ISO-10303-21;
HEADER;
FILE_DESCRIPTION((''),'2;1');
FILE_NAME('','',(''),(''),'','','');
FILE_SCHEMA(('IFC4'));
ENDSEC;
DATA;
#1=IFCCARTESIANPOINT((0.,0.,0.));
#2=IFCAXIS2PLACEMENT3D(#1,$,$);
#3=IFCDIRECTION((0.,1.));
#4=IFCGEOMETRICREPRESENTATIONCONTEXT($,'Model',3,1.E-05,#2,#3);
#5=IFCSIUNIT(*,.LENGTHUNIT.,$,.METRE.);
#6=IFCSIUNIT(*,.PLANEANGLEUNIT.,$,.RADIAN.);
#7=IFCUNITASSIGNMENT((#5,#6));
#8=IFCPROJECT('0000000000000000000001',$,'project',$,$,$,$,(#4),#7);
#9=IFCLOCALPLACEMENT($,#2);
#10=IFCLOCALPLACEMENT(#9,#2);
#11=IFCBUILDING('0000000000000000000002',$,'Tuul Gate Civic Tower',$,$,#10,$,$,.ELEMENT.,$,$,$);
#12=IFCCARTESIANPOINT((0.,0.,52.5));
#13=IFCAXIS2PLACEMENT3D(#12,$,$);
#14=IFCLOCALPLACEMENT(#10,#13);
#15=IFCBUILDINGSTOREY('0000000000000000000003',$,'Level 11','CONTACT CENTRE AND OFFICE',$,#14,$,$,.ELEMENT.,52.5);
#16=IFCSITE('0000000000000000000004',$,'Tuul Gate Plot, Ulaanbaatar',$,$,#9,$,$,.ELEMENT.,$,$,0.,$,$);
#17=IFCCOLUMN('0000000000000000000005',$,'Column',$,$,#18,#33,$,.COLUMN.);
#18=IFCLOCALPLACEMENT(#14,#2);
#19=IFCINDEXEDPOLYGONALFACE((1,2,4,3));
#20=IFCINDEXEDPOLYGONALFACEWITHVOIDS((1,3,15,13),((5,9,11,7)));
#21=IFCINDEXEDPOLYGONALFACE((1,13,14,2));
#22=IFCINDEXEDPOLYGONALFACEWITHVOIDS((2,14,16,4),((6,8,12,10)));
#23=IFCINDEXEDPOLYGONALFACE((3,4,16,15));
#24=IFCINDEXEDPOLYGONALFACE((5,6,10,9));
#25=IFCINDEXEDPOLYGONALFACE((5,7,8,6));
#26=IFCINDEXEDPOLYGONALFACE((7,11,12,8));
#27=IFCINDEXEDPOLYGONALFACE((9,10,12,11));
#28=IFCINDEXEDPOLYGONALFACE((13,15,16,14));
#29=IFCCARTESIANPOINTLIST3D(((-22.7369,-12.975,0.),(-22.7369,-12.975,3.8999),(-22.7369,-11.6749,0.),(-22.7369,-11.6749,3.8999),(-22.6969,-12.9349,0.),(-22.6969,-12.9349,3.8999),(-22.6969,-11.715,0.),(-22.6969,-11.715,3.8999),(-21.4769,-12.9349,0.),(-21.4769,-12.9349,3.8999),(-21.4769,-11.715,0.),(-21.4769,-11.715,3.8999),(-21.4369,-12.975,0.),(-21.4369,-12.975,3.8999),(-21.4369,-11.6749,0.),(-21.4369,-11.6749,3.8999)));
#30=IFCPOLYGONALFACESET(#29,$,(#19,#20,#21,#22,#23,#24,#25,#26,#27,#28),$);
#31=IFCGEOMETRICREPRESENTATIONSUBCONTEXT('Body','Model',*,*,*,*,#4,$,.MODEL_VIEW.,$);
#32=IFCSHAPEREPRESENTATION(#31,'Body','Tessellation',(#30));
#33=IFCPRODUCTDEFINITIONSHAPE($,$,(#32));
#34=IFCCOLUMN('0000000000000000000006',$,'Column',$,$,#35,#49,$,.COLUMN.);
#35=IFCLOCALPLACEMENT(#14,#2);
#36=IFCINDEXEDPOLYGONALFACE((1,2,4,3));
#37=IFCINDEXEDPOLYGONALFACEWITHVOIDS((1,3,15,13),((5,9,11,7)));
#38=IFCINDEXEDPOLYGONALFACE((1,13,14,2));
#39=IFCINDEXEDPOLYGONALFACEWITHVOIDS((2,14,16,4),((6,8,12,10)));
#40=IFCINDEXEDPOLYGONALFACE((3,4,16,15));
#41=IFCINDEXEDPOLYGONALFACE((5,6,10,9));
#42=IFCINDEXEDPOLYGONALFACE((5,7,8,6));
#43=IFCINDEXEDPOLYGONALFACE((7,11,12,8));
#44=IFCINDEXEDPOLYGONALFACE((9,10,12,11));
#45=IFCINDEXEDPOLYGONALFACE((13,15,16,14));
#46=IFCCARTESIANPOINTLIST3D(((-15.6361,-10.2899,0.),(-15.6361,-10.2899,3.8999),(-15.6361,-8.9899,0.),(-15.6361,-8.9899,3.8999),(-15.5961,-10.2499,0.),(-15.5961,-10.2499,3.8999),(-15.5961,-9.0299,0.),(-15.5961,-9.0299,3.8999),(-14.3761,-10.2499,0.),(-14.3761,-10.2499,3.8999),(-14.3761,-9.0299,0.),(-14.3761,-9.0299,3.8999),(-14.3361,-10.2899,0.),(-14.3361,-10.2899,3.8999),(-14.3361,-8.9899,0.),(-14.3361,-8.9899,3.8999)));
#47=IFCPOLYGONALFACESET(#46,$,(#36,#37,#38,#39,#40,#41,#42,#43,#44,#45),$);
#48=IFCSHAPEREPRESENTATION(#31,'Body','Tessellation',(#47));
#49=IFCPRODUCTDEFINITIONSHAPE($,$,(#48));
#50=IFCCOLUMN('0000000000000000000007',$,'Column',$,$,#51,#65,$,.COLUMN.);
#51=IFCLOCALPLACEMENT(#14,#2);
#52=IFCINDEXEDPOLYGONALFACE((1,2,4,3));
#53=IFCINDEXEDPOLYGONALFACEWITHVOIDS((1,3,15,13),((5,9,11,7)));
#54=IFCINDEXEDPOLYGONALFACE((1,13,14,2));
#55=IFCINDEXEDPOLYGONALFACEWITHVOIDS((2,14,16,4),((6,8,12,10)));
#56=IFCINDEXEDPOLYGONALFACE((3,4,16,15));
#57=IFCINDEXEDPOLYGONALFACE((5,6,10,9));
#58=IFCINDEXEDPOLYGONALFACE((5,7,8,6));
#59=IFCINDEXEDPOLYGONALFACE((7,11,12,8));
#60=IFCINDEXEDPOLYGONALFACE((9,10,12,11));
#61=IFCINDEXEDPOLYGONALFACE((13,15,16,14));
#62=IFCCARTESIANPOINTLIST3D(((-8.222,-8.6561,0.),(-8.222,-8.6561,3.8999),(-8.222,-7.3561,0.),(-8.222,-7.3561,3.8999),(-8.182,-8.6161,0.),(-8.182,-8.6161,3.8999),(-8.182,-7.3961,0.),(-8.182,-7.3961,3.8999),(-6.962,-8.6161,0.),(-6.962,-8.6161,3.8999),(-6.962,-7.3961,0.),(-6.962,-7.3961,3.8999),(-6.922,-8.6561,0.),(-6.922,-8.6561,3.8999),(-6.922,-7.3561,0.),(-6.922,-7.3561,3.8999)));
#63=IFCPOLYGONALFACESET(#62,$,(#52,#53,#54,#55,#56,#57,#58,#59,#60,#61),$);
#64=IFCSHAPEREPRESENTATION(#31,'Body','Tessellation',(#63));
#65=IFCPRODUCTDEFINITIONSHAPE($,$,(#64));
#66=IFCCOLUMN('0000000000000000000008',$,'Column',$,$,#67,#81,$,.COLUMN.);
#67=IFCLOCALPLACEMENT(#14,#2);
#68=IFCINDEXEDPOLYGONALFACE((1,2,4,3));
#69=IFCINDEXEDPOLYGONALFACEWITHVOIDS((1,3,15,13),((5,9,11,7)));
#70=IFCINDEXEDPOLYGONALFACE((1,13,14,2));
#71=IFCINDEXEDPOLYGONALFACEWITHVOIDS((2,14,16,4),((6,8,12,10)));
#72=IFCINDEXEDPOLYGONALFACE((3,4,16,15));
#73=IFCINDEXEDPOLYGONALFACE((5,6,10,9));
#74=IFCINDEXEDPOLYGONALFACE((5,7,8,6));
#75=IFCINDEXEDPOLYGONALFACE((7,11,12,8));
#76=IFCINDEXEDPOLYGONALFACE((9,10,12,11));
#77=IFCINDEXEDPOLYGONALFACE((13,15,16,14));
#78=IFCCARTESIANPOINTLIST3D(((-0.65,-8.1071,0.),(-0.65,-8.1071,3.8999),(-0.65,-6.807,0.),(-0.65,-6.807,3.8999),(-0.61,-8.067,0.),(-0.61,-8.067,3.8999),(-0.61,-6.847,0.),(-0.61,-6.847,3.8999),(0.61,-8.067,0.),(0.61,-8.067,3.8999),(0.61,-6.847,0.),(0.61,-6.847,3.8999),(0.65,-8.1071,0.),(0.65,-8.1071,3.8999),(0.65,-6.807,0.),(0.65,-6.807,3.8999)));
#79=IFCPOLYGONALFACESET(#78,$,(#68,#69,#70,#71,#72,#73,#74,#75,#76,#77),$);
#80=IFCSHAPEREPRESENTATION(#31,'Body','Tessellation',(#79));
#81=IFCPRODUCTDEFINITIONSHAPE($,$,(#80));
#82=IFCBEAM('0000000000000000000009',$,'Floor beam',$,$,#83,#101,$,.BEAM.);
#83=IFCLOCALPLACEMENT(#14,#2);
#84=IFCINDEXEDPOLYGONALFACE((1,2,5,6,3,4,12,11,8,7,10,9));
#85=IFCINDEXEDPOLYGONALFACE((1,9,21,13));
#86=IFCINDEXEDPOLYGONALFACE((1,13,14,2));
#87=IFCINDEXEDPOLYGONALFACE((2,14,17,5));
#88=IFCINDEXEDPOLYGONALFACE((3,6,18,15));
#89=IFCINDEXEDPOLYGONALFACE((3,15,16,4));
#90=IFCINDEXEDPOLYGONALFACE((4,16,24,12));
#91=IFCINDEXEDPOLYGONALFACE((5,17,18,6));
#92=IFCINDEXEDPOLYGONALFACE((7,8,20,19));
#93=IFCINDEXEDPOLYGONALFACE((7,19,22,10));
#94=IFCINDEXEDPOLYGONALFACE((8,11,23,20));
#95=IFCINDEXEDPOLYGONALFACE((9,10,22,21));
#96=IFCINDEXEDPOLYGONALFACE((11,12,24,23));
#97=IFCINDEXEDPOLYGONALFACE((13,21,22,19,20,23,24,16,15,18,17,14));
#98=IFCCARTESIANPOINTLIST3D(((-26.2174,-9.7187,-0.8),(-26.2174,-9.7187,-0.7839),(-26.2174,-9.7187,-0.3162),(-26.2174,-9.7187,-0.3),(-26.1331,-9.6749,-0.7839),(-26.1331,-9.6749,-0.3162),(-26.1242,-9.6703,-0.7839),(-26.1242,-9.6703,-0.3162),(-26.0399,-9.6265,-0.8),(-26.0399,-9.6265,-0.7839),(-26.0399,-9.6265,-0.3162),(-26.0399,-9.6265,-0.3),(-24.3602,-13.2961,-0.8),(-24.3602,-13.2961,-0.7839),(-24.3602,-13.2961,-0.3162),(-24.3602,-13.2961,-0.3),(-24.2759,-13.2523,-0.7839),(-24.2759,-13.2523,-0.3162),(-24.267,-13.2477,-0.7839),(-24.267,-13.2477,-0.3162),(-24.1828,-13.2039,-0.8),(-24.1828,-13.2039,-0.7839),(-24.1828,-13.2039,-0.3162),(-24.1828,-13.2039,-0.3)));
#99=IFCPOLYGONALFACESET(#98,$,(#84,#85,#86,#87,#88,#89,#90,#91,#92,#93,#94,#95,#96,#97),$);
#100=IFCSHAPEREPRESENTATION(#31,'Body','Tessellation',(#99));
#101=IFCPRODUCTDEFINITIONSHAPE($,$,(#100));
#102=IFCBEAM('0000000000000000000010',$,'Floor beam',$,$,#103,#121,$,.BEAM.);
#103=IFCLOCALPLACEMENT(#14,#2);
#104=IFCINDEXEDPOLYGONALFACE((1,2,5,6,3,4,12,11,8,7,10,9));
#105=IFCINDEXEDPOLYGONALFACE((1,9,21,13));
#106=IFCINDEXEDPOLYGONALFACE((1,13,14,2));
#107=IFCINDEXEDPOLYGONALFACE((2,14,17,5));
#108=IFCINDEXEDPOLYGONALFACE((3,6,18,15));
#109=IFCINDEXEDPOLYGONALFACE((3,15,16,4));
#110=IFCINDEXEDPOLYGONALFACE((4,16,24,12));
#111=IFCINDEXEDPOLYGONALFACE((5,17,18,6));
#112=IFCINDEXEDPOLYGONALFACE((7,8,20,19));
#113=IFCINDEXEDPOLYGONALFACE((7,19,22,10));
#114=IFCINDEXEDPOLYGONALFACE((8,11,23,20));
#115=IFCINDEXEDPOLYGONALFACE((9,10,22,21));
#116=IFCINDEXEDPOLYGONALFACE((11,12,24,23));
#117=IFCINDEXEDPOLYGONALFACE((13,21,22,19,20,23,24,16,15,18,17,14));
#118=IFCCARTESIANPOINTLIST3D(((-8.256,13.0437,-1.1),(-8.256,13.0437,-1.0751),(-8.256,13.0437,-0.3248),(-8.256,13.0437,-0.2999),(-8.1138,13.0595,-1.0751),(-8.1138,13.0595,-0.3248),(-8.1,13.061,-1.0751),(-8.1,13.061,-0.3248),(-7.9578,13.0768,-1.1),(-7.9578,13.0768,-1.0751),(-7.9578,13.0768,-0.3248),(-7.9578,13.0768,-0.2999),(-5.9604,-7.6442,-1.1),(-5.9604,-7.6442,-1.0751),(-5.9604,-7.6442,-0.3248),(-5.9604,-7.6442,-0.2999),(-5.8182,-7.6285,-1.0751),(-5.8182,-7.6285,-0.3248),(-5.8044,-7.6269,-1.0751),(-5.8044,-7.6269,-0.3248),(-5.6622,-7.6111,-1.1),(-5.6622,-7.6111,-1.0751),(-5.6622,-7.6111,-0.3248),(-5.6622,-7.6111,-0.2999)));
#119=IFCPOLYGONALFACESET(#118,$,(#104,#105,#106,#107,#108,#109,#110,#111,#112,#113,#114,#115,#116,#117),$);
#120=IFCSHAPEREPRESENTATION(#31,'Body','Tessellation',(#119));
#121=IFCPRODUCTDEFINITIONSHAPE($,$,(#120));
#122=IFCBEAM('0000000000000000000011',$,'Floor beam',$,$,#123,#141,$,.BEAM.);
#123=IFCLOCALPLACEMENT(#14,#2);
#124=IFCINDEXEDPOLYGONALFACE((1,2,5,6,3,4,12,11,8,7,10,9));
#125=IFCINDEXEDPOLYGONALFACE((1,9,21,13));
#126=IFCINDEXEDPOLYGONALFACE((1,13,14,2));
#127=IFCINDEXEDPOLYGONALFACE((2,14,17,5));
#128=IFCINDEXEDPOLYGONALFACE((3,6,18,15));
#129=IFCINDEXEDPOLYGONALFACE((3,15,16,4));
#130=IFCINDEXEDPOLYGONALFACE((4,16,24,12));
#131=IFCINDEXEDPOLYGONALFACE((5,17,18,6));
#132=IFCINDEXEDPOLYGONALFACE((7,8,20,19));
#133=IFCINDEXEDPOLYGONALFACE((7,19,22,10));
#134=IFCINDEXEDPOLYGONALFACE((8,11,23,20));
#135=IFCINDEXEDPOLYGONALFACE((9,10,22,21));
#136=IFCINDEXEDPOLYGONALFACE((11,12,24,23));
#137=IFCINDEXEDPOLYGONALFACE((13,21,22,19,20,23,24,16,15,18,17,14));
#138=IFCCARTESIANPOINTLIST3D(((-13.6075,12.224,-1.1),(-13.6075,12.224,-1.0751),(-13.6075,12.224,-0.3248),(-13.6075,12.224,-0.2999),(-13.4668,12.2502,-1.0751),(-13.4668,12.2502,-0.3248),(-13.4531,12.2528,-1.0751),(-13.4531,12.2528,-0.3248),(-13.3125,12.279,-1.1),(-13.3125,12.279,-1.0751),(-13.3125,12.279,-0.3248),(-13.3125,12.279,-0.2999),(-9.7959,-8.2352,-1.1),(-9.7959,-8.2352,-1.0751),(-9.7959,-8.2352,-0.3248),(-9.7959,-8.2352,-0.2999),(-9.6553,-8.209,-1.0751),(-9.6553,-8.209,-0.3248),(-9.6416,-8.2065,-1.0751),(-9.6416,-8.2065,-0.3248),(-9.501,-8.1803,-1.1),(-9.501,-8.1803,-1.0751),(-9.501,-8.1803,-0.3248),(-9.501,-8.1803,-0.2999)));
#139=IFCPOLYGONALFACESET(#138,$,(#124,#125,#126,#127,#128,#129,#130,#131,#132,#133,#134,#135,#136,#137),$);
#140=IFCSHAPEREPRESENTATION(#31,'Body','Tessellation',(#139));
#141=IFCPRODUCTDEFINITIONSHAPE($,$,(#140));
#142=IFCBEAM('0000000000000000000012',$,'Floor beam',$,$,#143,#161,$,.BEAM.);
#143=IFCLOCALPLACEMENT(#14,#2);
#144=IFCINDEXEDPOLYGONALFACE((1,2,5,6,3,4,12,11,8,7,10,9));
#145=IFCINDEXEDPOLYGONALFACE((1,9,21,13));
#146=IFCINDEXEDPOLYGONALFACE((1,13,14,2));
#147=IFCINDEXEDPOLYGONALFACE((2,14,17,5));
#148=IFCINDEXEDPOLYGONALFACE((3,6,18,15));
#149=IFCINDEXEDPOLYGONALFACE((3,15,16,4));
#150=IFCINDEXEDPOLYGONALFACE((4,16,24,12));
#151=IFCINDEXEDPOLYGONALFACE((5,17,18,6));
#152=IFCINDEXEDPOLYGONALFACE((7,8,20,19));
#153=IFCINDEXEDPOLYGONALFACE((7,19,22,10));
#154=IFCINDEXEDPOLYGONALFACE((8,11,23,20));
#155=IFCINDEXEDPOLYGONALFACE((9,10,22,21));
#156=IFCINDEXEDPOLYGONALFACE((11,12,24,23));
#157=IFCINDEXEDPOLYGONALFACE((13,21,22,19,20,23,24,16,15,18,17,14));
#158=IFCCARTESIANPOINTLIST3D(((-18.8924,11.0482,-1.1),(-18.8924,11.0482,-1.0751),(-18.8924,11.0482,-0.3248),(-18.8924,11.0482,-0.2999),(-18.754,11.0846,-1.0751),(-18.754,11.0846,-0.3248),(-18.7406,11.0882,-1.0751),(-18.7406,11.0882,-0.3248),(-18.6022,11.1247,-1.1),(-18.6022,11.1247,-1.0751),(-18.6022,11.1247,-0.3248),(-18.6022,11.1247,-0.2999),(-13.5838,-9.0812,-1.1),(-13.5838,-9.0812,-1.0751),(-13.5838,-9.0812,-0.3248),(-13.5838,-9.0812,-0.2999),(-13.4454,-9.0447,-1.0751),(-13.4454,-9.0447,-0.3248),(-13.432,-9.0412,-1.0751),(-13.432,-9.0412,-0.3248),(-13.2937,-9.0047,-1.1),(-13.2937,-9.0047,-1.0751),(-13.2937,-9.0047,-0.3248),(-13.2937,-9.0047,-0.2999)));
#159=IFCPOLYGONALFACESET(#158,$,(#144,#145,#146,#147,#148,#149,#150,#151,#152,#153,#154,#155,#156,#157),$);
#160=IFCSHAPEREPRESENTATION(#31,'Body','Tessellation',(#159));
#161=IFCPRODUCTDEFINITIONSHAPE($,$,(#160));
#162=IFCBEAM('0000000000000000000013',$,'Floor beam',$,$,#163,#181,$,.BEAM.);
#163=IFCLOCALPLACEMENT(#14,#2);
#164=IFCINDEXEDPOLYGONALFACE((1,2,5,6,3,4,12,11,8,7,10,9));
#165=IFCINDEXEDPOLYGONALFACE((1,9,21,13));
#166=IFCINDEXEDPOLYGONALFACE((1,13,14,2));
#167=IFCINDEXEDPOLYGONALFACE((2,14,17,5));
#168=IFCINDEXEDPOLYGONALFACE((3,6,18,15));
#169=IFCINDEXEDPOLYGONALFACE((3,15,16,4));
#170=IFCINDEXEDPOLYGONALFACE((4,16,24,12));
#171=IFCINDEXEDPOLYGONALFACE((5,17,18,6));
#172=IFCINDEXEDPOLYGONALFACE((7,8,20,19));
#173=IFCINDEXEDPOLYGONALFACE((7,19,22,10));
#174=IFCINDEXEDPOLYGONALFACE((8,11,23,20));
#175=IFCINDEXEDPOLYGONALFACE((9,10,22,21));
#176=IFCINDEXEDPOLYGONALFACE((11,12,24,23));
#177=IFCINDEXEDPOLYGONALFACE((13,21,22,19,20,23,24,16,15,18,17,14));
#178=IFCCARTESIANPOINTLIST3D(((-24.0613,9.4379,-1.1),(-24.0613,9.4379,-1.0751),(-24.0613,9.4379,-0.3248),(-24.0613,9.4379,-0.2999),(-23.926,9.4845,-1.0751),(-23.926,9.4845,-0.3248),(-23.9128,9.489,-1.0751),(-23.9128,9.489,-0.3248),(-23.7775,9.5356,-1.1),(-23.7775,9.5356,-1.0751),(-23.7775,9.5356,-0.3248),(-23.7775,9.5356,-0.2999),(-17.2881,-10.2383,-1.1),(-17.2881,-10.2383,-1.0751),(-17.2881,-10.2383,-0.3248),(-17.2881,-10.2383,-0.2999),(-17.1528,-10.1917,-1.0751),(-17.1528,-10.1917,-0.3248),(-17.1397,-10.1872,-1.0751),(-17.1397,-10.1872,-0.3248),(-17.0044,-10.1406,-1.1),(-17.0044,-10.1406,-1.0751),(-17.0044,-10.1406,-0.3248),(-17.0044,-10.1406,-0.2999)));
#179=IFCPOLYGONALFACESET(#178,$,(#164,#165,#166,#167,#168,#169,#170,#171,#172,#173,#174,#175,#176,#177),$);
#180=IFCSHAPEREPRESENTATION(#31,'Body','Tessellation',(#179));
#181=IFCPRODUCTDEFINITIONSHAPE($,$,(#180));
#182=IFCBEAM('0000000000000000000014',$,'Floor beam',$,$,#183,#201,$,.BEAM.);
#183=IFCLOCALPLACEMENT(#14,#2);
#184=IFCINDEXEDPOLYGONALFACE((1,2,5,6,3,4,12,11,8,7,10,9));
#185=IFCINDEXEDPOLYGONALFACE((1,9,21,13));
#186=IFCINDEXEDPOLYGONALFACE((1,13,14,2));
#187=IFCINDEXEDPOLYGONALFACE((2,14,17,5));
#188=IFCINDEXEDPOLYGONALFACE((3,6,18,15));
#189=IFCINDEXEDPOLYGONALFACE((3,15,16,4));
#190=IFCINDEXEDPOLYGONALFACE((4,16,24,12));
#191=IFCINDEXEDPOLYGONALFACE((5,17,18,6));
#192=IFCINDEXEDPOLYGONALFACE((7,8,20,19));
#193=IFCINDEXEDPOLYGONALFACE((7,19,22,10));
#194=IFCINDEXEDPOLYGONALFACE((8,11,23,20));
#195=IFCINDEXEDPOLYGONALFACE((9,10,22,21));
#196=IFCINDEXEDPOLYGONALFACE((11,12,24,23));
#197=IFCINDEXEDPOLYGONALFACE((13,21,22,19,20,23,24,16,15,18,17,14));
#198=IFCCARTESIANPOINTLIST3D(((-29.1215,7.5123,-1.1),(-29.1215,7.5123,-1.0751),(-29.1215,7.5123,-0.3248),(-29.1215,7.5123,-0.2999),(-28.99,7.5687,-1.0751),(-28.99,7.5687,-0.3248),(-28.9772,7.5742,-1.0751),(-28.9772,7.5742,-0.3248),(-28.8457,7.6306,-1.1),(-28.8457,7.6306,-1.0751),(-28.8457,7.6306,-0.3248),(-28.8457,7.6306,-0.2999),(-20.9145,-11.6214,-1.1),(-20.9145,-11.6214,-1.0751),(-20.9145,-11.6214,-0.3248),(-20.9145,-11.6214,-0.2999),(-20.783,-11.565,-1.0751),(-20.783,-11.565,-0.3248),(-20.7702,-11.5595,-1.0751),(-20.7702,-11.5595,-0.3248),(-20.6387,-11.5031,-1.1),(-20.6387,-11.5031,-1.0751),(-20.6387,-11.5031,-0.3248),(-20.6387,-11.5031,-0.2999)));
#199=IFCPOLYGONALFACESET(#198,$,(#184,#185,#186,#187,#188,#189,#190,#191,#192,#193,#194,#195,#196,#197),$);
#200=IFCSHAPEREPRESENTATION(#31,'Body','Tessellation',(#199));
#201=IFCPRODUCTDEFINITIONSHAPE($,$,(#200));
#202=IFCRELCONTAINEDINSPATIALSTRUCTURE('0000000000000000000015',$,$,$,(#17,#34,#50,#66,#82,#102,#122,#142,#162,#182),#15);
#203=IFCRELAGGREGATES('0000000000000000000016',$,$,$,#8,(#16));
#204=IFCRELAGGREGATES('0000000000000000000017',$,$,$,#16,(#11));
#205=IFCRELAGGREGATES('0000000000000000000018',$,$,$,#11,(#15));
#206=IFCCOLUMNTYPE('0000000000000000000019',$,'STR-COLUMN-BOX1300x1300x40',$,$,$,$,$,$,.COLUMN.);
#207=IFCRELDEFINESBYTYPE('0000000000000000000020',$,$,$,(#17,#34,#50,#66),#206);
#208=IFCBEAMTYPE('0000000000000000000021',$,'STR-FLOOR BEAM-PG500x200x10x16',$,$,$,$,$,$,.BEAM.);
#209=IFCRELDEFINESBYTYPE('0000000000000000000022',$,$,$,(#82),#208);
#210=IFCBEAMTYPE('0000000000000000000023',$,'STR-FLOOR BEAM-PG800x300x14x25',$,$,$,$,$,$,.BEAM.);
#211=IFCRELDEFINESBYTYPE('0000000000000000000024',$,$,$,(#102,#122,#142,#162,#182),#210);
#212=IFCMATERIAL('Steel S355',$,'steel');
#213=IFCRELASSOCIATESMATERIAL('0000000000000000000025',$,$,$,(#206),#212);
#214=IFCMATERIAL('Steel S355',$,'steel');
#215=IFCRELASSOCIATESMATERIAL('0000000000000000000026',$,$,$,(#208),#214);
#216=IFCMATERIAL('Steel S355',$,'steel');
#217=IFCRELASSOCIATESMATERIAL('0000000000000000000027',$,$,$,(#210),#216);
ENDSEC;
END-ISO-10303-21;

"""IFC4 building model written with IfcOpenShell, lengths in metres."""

from ifc_helpers import new_model, si_unit, direction, frame, origin, origin_2d, place, context, subcontext, project, spatial, hollow_rectangle, i_section, extrude, material, material_profile, profile_set, type_object, element, save


model = new_model("IFC4")

# Units and contexts
model_context = context("Model", 3, precision=1e-05, world=origin(), true_north=direction((0.0, 1.0)))
body_context = subcontext(model_context, "Body", "Model", "MODEL_VIEW")
ifc_project = project(units=[si_unit("LENGTHUNIT", "METRE"), si_unit("PLANEANGLEUNIT", "RADIAN")], contexts=[model_context])

# Site, building, storey
site_placement = place(None, origin())
site = spatial("IfcSite", under=ifc_project, at=site_placement, Name="Tuul Gate Plot, Ulaanbaatar", CompositionType="ELEMENT", RefElevation=0.0)
building_placement = place(site_placement, origin())
building = spatial("IfcBuilding", under=site, at=building_placement, Name="Tuul Gate Civic Tower", CompositionType="ELEMENT")
storey_placement = place(building_placement, frame((0.0, 0.0, 52.5)))
storey = spatial("IfcBuildingStorey", under=building, at=storey_placement, Name="Level 11", Description="CONTACT CENTRE AND OFFICE", CompositionType="ELEMENT", Elevation=52.5)

# Columns
ifc_material_1 = material(Name="Steel S355", Category="steel")
ifc_material_profile_1 = material_profile(ifc_material_1, hollow_rectangle(XDim=1.3, YDim=1.3, WallThickness=0.04, at=origin_2d()), Name="BOX1300x1300x40")
ifc_profile_set_1 = profile_set([ifc_material_profile_1], Name="Steel S355")
column_type = type_object("IfcColumnType", Name="STR-COLUMN-BOX1300x1300x40", PredefinedType="COLUMN", material=ifc_profile_set_1)
for number, where, z_axis, x_axis, name in (
    (1, (-22.0869, -12.325, 0.0), (0.0, 0.0, 1.0), (1.0, 0.0, 0.0), "Column"),
    (2, (-14.9861, -9.6399, 0.0), (0.0, 0.0, 1.0), (1.0, 0.0, 0.0), "Column"),
    (3, (-7.572, -8.0061, 0.0), (0.0, 0.0, 1.0), (1.0, 0.0, 0.0), "Column"),
    (4, (0.0, -7.457, 0.0), (0.0, 0.0, 1.0), (1.0, 0.0, 0.0), "Column"),
):
    element("IfcColumn", number, at=place(storey_placement, frame(where, z_axis=z_axis, x_axis=x_axis)), inside=storey, type_object=column_type, Name=name, PredefinedType="COLUMN", context=body_context, shape_type="SweptSolid", body=[
        extrude(hollow_rectangle(XDim=1.3, YDim=1.3, WallThickness=0.04, at=origin_2d()), origin(), (0.0, 0.0, 1.0), 3.8999),
    ])

# Beams
ifc_material_2 = material(Name="Steel S355", Category="steel")
ifc_material_profile_2 = material_profile(ifc_material_2, i_section(OverallWidth=0.2, OverallDepth=0.5, WebThickness=0.01, FlangeThickness=0.0161, at=origin_2d()), Name="PG500x200x10x16")
ifc_profile_set_2 = profile_set([ifc_material_profile_2], Name="Steel S355")
beam_type_1 = type_object("IfcBeamType", Name="STR-FLOOR BEAM-PG500x200x10x16", PredefinedType="BEAM", material=ifc_profile_set_2)
beam_1_placement = place(storey_placement, frame((-24.2715, -13.25, -0.55), z_axis=(-0.460754, 0.887528, 0.0), x_axis=(-0.887528, -0.460754, 0.0)))
element("IfcBeam", 5, at=beam_1_placement, inside=storey, type_object=beam_type_1, Name="Floor beam", PredefinedType="BEAM", context=body_context, shape_type="SweptSolid", body=[
    extrude(i_section(OverallWidth=0.2, OverallDepth=0.5, WebThickness=0.01, FlangeThickness=0.0161, at=origin_2d()), origin(), (0.0, 0.0, 1.0), 4.0308),
])
ifc_material_3 = material(Name="Steel S355", Category="steel")
ifc_material_profile_3 = material_profile(ifc_material_3, i_section(OverallWidth=0.3, OverallDepth=0.8, WebThickness=0.0139, FlangeThickness=0.0249, at=origin_2d()), Name="PG800x300x14x25")
ifc_profile_set_3 = profile_set([ifc_material_profile_3], Name="Steel S355")
beam_type_2 = type_object("IfcBeamType", Name="STR-FLOOR BEAM-PG800x300x14x25", PredefinedType="BEAM", material=ifc_profile_set_3)
beam_2_placement = place(storey_placement, frame((-5.8113, -7.6277, -0.7), z_axis=(-0.110289, 0.9939, 0.0), x_axis=(-0.9939, -0.110289, 0.0)))
element("IfcBeam", 6, at=beam_2_placement, inside=storey, type_object=beam_type_2, Name="Floor beam", PredefinedType="BEAM", context=body_context, shape_type="SweptSolid", body=[
    extrude(i_section(OverallWidth=0.3, OverallDepth=0.8, WebThickness=0.0139, FlangeThickness=0.0249, at=origin_2d()), origin(), (0.0, 0.0, 1.0), 20.8149),
])
beam_3_placement = place(storey_placement, frame((-9.6484, -8.2078, -0.7), z_axis=(-0.183147, 0.983085, 0.0), x_axis=(-0.983085, -0.183147, 0.0)))
element("IfcBeam", 7, at=beam_3_placement, inside=storey, type_object=beam_type_2, Name="Floor beam", PredefinedType="BEAM", context=body_context, shape_type="SweptSolid", body=[
    extrude(i_section(OverallWidth=0.3, OverallDepth=0.8, WebThickness=0.0139, FlangeThickness=0.0249, at=origin_2d()), origin(), (0.0, 0.0, 1.0), 20.8113),
])
beam_4_placement = place(storey_placement, frame((-13.4387, -9.043, -0.7), z_axis=(-0.255005, 0.96694, 0.0), x_axis=(-0.96694, -0.255005, 0.0)))
element("IfcBeam", 8, at=beam_4_placement, inside=storey, type_object=beam_type_2, Name="Floor beam", PredefinedType="BEAM", context=body_context, shape_type="SweptSolid", body=[
    extrude(i_section(OverallWidth=0.3, OverallDepth=0.8, WebThickness=0.0139, FlangeThickness=0.0249, at=origin_2d()), origin(), (0.0, 0.0, 1.0), 20.8176),
])
beam_5_placement = place(storey_placement, frame((-17.1462, -10.1895, -0.7), z_axis=(-0.325487, 0.945547, 0.0), x_axis=(-0.945547, -0.325487, 0.0)))
element("IfcBeam", 9, at=beam_5_placement, inside=storey, type_object=beam_type_2, Name="Floor beam", PredefinedType="BEAM", context=body_context, shape_type="SweptSolid", body=[
    extrude(i_section(OverallWidth=0.3, OverallDepth=0.8, WebThickness=0.0139, FlangeThickness=0.0249, at=origin_2d()), origin(), (0.0, 0.0, 1.0), 20.8093),
])
beam_6_placement = place(storey_placement, frame((-20.7766, -11.5623, -0.7), z_axis=(-0.394197, 0.919026, 0.0), x_axis=(-0.919026, -0.394197, 0.0)))
element("IfcBeam", 10, at=beam_6_placement, inside=storey, type_object=beam_type_2, Name="Floor beam", PredefinedType="BEAM", context=body_context, shape_type="SweptSolid", body=[
    extrude(i_section(OverallWidth=0.3, OverallDepth=0.8, WebThickness=0.0139, FlangeThickness=0.0249, at=origin_2d()), origin(), (0.0, 0.0, 1.0), 20.8196),
])

save(model, "model.ifc")
